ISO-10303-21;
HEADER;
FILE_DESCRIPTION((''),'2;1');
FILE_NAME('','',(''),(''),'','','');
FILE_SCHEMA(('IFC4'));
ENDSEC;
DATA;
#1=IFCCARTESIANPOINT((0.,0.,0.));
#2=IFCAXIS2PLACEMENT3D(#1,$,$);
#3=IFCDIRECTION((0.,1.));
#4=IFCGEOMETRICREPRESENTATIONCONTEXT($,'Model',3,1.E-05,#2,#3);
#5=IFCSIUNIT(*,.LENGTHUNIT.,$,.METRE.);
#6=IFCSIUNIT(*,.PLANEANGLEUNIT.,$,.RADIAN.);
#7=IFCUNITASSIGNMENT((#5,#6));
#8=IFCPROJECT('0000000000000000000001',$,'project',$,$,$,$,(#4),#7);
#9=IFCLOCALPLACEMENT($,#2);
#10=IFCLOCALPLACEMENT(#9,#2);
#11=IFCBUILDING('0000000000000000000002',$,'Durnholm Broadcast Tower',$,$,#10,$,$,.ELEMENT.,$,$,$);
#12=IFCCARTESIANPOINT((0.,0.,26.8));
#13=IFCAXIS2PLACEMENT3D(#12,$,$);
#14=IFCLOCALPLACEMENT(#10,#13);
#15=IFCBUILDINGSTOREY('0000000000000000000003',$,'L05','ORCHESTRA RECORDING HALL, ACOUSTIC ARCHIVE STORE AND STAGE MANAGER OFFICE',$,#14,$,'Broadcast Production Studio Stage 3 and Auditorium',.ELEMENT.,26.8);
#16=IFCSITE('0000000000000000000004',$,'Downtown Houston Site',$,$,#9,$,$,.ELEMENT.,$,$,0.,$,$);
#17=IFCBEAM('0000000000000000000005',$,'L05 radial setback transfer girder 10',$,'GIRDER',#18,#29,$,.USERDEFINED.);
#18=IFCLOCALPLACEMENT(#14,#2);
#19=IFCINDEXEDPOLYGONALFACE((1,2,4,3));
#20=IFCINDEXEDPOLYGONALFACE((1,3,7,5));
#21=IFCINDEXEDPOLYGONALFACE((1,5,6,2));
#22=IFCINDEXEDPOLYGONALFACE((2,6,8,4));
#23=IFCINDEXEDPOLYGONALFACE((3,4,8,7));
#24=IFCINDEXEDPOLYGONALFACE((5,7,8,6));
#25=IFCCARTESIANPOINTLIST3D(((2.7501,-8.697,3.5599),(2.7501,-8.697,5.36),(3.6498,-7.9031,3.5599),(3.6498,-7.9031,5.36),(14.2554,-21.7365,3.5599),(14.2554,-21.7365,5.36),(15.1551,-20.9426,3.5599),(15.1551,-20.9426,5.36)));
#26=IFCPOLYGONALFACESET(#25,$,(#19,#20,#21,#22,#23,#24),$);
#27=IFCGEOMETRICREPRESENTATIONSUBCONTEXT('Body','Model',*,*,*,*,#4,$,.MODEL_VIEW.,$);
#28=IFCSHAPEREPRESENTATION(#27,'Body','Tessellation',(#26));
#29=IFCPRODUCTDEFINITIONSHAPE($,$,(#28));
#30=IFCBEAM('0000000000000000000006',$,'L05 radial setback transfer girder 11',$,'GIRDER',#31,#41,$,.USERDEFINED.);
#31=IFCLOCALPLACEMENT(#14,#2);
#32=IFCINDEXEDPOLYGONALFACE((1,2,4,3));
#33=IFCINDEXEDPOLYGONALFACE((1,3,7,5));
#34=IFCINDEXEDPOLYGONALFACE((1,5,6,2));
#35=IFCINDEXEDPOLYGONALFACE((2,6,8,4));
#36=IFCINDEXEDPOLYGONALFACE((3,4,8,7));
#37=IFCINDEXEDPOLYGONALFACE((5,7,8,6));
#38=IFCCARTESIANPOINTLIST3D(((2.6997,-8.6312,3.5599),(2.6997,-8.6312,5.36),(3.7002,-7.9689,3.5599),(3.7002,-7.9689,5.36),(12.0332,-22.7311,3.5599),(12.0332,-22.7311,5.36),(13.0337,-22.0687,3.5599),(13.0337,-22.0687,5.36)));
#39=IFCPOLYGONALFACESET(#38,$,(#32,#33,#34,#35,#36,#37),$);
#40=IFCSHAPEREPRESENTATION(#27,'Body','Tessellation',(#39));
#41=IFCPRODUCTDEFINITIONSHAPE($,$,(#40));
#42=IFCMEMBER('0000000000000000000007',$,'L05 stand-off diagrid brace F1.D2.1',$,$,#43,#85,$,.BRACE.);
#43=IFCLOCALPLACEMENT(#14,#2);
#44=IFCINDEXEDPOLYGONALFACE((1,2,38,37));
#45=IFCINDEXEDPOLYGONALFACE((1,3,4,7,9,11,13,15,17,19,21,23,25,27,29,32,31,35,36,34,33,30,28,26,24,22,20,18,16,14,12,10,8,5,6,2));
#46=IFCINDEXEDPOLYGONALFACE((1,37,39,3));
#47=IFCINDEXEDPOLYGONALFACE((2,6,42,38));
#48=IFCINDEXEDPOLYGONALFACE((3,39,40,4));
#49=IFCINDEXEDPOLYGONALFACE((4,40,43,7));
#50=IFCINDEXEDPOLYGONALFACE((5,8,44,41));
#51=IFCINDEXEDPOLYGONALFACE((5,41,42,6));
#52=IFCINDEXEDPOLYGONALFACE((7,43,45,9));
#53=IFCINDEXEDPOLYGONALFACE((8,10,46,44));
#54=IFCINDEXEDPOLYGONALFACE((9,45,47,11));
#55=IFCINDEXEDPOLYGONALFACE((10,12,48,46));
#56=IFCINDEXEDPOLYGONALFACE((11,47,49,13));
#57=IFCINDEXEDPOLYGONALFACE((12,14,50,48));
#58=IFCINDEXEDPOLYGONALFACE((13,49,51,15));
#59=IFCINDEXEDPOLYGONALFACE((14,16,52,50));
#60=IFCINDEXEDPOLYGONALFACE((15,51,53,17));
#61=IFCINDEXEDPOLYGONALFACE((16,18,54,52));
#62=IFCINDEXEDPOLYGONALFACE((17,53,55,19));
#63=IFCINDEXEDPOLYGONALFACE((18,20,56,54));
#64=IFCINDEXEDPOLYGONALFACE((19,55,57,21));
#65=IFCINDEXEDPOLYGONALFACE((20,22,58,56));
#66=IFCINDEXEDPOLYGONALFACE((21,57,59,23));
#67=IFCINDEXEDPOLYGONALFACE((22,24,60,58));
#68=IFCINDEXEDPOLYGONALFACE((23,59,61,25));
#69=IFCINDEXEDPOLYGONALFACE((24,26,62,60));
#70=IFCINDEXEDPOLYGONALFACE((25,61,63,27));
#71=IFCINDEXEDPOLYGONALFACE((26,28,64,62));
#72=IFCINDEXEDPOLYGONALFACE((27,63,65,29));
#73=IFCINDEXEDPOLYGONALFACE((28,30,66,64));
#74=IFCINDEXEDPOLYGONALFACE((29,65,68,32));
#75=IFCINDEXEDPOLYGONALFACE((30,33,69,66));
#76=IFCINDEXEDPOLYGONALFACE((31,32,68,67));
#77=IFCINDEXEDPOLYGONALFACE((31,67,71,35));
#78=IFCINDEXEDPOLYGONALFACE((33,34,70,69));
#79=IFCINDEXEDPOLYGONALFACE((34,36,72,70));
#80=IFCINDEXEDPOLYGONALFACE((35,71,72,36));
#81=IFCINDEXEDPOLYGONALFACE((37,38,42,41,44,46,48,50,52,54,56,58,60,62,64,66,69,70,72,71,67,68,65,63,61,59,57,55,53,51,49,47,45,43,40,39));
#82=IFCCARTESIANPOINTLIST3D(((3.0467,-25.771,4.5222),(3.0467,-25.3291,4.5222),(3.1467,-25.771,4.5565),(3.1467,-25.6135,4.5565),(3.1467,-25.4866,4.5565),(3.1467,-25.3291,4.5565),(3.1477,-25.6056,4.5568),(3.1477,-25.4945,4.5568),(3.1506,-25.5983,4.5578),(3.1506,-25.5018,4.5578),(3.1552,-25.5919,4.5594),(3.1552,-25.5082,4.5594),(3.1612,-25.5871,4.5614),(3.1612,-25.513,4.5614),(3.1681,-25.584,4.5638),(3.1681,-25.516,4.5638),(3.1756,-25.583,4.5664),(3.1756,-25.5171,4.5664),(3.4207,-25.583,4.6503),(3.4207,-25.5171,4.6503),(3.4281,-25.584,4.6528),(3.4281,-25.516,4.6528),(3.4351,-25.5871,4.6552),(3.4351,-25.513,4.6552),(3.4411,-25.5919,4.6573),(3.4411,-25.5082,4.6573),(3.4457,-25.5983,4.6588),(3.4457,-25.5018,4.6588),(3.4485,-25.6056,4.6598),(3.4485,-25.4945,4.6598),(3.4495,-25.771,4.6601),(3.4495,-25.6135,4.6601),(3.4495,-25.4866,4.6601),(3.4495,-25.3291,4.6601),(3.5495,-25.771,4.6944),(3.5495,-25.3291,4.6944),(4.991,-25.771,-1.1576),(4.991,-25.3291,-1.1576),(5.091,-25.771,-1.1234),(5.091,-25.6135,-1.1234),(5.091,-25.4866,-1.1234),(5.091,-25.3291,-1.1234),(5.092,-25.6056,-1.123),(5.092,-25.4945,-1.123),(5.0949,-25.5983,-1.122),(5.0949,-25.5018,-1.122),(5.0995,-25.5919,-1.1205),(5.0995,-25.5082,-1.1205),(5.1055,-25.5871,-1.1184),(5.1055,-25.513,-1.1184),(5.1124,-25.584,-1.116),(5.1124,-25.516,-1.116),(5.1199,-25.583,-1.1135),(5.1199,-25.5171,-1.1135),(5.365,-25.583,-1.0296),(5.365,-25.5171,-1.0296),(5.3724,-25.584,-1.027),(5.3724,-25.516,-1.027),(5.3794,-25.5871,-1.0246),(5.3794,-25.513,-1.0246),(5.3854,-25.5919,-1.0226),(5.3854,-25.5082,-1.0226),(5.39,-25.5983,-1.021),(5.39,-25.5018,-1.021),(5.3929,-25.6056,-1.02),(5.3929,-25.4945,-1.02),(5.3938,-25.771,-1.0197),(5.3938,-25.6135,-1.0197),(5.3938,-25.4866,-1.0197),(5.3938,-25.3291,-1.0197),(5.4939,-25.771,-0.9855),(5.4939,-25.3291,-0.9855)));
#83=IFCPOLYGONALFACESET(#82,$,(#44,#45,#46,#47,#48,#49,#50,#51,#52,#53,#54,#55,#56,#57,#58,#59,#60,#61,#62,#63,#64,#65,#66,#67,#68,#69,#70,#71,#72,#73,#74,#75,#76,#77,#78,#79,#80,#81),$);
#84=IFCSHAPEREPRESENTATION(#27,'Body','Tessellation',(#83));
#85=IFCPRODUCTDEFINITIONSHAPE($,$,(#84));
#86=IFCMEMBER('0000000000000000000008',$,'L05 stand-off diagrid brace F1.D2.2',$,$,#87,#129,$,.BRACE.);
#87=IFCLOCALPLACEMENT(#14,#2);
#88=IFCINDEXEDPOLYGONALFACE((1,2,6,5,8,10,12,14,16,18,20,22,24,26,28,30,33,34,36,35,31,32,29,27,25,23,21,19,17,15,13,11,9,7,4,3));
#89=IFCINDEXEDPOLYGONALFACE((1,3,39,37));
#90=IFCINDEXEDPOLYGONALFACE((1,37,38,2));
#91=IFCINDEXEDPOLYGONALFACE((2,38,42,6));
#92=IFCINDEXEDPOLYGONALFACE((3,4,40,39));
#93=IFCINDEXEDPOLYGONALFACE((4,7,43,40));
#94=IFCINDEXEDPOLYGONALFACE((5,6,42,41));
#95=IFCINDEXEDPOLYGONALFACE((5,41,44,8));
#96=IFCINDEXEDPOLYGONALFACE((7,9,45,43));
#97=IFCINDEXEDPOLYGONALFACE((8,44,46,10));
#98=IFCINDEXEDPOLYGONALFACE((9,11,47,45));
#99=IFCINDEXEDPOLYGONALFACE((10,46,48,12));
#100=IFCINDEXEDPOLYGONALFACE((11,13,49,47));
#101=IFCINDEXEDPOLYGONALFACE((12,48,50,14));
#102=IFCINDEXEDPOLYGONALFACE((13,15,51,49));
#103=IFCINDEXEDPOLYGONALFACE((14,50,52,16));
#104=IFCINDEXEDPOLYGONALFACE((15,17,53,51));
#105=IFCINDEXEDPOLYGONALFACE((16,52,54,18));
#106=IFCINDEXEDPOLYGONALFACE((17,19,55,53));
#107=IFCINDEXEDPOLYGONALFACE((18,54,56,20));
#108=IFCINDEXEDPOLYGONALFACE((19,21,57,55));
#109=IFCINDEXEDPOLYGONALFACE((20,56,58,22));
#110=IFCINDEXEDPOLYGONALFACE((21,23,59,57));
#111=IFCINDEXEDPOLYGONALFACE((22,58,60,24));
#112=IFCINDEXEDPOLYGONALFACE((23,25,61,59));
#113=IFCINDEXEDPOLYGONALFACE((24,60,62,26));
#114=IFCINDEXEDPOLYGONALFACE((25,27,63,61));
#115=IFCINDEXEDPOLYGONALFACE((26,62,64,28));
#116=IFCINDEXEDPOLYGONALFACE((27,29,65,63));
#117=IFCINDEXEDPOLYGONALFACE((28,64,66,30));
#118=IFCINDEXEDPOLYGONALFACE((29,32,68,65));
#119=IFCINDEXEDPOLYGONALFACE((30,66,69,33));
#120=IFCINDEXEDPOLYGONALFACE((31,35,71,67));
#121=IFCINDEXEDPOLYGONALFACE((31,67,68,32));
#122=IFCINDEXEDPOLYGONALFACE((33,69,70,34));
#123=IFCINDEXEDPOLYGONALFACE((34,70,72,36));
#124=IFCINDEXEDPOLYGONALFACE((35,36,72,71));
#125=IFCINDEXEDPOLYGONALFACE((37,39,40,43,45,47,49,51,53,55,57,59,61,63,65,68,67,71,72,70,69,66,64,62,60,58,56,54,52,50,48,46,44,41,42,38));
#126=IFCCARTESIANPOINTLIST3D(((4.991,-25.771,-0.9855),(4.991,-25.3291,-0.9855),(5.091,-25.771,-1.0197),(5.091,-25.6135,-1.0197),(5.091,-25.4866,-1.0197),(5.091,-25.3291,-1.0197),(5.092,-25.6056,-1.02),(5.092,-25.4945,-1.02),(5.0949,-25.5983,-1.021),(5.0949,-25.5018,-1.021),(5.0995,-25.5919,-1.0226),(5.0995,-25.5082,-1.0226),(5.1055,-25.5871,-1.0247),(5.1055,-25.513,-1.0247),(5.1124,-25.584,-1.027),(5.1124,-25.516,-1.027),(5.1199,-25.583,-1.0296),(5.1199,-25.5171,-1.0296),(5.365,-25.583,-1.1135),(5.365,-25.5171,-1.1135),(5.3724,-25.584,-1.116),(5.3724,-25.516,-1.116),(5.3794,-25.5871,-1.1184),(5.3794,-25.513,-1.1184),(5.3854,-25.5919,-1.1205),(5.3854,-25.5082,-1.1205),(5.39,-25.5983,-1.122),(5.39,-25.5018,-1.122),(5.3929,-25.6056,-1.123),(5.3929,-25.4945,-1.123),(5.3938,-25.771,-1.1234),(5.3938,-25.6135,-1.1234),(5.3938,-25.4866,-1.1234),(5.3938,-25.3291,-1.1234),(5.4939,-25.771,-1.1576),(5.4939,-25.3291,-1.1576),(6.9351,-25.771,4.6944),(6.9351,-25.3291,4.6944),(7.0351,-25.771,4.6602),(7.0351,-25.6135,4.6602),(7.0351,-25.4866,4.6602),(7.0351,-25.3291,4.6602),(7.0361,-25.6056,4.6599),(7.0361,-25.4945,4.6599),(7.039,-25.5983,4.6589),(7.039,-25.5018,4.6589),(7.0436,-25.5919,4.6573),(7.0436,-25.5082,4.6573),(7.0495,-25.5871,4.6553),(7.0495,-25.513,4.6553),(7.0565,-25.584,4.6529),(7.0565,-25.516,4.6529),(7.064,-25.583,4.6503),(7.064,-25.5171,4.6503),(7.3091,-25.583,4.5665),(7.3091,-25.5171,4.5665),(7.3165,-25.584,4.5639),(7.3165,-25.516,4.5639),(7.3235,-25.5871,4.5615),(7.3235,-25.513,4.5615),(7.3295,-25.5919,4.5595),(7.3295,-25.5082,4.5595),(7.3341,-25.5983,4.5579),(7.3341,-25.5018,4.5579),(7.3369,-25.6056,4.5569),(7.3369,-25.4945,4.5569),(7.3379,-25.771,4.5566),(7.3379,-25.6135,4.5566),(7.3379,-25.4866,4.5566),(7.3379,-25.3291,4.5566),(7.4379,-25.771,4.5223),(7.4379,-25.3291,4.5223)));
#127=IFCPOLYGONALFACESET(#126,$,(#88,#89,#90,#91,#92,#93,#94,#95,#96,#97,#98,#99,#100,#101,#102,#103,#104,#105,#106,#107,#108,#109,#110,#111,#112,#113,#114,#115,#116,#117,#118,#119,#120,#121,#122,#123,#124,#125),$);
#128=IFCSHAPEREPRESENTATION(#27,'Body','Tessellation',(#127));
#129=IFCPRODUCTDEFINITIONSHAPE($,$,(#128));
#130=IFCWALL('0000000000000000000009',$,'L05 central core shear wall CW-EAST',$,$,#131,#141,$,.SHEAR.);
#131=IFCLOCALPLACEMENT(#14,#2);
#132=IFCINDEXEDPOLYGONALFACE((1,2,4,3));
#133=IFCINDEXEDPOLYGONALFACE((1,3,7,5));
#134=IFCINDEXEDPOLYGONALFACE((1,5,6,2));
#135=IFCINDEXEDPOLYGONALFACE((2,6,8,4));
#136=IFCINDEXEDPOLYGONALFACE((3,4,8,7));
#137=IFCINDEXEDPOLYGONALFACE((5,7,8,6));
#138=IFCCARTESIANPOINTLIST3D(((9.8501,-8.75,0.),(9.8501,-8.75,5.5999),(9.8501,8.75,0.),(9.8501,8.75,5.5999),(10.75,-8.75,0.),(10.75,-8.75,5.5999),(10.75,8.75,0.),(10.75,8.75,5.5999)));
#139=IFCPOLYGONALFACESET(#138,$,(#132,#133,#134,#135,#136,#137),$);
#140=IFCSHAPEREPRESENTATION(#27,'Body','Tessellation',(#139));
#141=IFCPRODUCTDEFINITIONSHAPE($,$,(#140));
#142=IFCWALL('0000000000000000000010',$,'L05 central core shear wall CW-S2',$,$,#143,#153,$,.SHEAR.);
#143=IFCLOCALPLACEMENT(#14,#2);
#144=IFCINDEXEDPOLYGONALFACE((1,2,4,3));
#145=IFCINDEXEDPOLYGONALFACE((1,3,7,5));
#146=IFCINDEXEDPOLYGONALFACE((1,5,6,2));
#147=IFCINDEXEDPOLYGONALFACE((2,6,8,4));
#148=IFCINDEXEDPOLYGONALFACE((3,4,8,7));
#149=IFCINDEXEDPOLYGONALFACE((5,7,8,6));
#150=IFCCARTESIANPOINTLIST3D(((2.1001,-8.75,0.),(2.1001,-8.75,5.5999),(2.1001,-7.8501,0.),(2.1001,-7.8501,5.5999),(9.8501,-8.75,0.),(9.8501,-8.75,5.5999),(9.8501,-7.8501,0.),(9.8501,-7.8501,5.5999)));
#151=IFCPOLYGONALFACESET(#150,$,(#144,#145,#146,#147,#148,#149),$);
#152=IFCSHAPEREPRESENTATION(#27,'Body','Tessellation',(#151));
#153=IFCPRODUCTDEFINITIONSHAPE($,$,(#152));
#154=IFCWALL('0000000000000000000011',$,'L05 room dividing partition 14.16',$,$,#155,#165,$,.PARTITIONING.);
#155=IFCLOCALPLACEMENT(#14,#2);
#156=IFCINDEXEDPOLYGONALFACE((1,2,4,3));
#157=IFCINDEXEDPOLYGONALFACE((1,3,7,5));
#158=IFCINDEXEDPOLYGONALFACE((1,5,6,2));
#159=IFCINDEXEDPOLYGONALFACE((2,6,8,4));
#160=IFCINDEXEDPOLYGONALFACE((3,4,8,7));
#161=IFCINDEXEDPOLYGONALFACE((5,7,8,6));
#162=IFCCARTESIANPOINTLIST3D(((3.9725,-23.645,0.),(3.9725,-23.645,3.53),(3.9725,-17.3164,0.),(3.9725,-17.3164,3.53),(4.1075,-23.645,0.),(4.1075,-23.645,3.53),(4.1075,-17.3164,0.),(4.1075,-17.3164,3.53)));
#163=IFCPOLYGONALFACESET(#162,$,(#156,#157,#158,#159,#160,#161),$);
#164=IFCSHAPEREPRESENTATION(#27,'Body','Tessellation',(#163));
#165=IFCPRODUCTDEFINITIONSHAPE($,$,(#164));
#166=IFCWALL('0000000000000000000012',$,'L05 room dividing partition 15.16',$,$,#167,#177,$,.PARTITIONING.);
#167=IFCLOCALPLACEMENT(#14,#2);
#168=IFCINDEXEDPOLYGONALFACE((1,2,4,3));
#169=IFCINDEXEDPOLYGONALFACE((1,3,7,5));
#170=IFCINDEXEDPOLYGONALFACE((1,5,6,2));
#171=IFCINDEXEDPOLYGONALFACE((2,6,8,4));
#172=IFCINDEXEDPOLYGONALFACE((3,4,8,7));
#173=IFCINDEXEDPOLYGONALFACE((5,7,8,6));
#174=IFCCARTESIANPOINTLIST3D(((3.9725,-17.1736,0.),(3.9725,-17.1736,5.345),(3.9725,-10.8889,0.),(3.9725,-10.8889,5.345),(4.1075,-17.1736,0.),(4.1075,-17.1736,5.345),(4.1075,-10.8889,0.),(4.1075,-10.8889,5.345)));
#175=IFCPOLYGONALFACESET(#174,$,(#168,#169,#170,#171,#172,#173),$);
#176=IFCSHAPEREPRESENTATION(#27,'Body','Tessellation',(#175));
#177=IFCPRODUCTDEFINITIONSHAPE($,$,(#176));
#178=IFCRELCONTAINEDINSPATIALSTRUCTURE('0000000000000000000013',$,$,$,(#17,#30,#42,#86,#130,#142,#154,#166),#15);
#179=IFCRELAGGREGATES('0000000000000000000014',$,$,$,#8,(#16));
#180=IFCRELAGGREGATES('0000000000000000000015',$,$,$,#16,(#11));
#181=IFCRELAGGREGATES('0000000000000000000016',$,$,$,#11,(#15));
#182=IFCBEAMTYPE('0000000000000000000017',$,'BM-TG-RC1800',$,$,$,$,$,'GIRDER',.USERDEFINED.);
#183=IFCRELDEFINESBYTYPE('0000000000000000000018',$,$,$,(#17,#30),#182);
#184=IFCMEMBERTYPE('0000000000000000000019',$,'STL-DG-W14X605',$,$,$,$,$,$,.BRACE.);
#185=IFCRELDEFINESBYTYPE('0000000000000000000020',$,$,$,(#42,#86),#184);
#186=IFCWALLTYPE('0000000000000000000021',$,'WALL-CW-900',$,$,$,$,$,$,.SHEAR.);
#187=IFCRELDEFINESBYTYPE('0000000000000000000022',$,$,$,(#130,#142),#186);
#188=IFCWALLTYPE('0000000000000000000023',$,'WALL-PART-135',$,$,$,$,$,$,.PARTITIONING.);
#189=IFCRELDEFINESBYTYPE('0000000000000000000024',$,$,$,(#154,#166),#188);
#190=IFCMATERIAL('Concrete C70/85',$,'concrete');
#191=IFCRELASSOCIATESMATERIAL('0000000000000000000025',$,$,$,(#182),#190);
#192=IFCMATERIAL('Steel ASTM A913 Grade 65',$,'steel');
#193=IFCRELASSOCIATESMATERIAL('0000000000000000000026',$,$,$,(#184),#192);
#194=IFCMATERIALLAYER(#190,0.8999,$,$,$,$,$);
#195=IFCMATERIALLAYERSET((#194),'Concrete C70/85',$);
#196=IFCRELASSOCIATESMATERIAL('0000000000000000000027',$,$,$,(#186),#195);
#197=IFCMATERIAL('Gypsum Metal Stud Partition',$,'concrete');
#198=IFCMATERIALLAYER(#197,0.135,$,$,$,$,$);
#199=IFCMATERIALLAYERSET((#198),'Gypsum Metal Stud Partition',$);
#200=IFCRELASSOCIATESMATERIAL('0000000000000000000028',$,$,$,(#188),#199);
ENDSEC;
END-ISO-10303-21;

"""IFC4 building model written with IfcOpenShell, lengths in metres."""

from ifc_helpers import new_model, si_unit, direction, frame, frame_2d, origin, origin_2d, place, context, subcontext, project, spatial, rectangle, i_section, extrude, source, transform, mapped, material, layer, layer_set, material_profile, profile_set, type_object, type_shapes, element, save


model = new_model("IFC4")

# Units and contexts
model_context = context("Model", 3, precision=1e-05, world=origin(), true_north=direction((0.0, 1.0)))
body_context = subcontext(model_context, "Body", "Model", "MODEL_VIEW")
ifc_project = project(units=[si_unit("LENGTHUNIT", "METRE"), si_unit("PLANEANGLEUNIT", "RADIAN")], contexts=[model_context])

# Site, building, storey
site_placement = place(None, origin())
site = spatial("IfcSite", under=ifc_project, at=site_placement, Name="Downtown Houston Site", CompositionType="ELEMENT", RefElevation=0.0)
building_placement = place(site_placement, origin())
building = spatial("IfcBuilding", under=site, at=building_placement, Name="Durnholm Broadcast Tower", CompositionType="ELEMENT")
storey_placement = place(building_placement, frame((0.0, 0.0, 26.8)))
storey = spatial("IfcBuildingStorey", under=building, at=storey_placement, Name="L05", Description="ORCHESTRA RECORDING HALL, ACOUSTIC ARCHIVE STORE AND STAGE MANAGER OFFICE", LongName="Broadcast Production Studio Stage 3 and Auditorium", CompositionType="ELEMENT", Elevation=26.8)

# Shared definitions
ifc_material_1 = material(Name="Concrete C70/85", Category="concrete")
ifc_material_2 = material(Name="Steel ASTM A913 Grade 65", Category="steel")

# Beams
ifc_material_profile_1 = material_profile(ifc_material_1, rectangle(XDim=1.2, YDim=1.8, at=origin_2d()), Name="RC1200X1800")
ifc_profile_set_1 = profile_set([ifc_material_profile_1], Name="Concrete C70/85")
beam_type_1 = type_object("IfcBeamType", Name="BM-TG-RC1800", ElementType="GIRDER", PredefinedType="USERDEFINED", material=ifc_profile_set_1)
shared_shape_1 = source(origin(), body_context, "Body", "SweptSolid", [
    extrude(rectangle(XDim=1.2, YDim=1.8, at=origin_2d()), origin(), (0.0, 0.0, 1.0), 17.3896),
])
beam_1_placement = place(storey_placement, frame((3.2, -8.3, 4.46), z_axis=(0.661618, -0.749841, 0.0), x_axis=(0.749841, 0.661618, 0.0)))
element("IfcBeam", 1, at=beam_1_placement, inside=storey, type_object=beam_type_1, Name="L05 radial setback transfer girder 10", ObjectType="GIRDER", PredefinedType="USERDEFINED", context=body_context, shape_type="MappedRepresentation", body=[
    mapped(shared_shape_1, transform((0.0, 0.0, 0.0), x_axis=(1.0, 0.0, 0.0), y_axis=(0.0, 1.0, 0.0), z_axis=(0.0, 0.0, 1.0), scale=1.0)),
])
shared_shape_2 = source(origin(), body_context, "Body", "SweptSolid", [
    extrude(rectangle(XDim=1.2, YDim=1.8, at=origin_2d()), origin(), (0.0, 0.0, 1.0), 16.9092),
])
beam_2_placement = place(storey_placement, frame((3.2, -8.3, 4.46), z_axis=(0.551978, -0.833858, 0.0), x_axis=(0.833858, 0.551978, 0.0)))
element("IfcBeam", 2, at=beam_2_placement, inside=storey, type_object=beam_type_1, Name="L05 radial setback transfer girder 11", ObjectType="GIRDER", PredefinedType="USERDEFINED", context=body_context, shape_type="MappedRepresentation", body=[
    mapped(shared_shape_2, transform((0.0, 0.0, 0.0), x_axis=(1.0, 0.0, 0.0), y_axis=(0.0, 1.0, 0.0), z_axis=(0.0, 0.0, 1.0), scale=1.0)),
])

# Members
ifc_material_profile_2 = material_profile(ifc_material_2, i_section(OverallWidth=0.4419, OverallDepth=0.5315, WebThickness=0.0659, FlangeThickness=0.1057, FilletRadius=0.0305, at=origin_2d()), Name="W14X605")
ifc_profile_set_2 = profile_set([ifc_material_profile_2], Name="Steel ASTM A913 Grade 65")
member_type = type_object("IfcMemberType", Name="STL-DG-W14X605", PredefinedType="BRACE", material=ifc_profile_set_2)
shared_shape_3 = source(origin(), body_context, "Body", "SweptSolid", [
    extrude(i_section(OverallWidth=0.4419, OverallDepth=0.5315, WebThickness=0.0659, FlangeThickness=0.1057, FilletRadius=0.0305, at=origin_2d()), origin(), (0.0, 0.0, 1.0), 6.0034),
])
type_shapes(member_type, [shared_shape_3])
for number, where, z_axis, x_axis, name in (
    (3, (5.2424, -25.55, -1.0715), (-0.323867, 0.0, 0.946103), (0.0, -1.0, 0.0), "L05 stand-off diagrid brace F1.D2.1"),
    (4, (5.2424, -25.55, -1.0715), (0.32383, 0.0, 0.946115), (0.0, 1.0, 0.0), "L05 stand-off diagrid brace F1.D2.2"),
):
    element("IfcMember", number, at=place(storey_placement, frame(where, z_axis=z_axis, x_axis=x_axis)), inside=storey, type_object=member_type, Name=name, PredefinedType="BRACE", context=body_context, shape_type="MappedRepresentation", body=[
        mapped(shared_shape_3, transform((0.0, 0.0, 0.0), x_axis=(1.0, 0.0, 0.0), y_axis=(0.0, 1.0, 0.0), z_axis=(0.0, 0.0, 1.0), scale=1.0)),
    ])

# Walls
ifc_layer_1 = layer(ifc_material_1, 0.8999)
ifc_layer_set_1 = layer_set([ifc_layer_1], Name="Concrete C70/85")
wall_type_1 = type_object("IfcWallType", Name="WALL-CW-900", PredefinedType="SHEAR", material=ifc_layer_set_1)
wall_1_placement = place(storey_placement, frame((10.3, -8.75, 0.0), z_axis=(0.0, 0.0, 1.0), x_axis=(0.0, 1.0, 0.0)))
element("IfcWall", 5, at=wall_1_placement, inside=storey, type_object=wall_type_1, Name="L05 central core shear wall CW-EAST", PredefinedType="SHEAR", context=body_context, shape_type="SweptSolid", body=[
    extrude(rectangle(XDim=17.5, YDim=0.8999, at=frame_2d((8.75, 0.0))), origin(), (0.0, 0.0, 1.0), 5.5999),
])
wall_2_placement = place(storey_placement, frame((2.1001, -8.3, 0.0), z_axis=(0.0, 0.0, 1.0), x_axis=(1.0, 0.0, 0.0)))
element("IfcWall", 6, at=wall_2_placement, inside=storey, type_object=wall_type_1, Name="L05 central core shear wall CW-S2", PredefinedType="SHEAR", context=body_context, shape_type="SweptSolid", body=[
    extrude(rectangle(XDim=7.75, YDim=0.8999, at=frame_2d((3.875, 0.0))), origin(), (0.0, 0.0, 1.0), 5.5999),
])
ifc_material_3 = material(Name="Gypsum Metal Stud Partition", Category="concrete")
ifc_layer_2 = layer(ifc_material_3, 0.135)
ifc_layer_set_2 = layer_set([ifc_layer_2], Name="Gypsum Metal Stud Partition")
wall_type_2 = type_object("IfcWallType", Name="WALL-PART-135", PredefinedType="PARTITIONING", material=ifc_layer_set_2)
wall_3_placement = place(storey_placement, frame((4.04, -17.3164, 0.0), z_axis=(0.0, 0.0, 1.0), x_axis=(0.0, -1.0, 0.0)))
element("IfcWall", 7, at=wall_3_placement, inside=storey, type_object=wall_type_2, Name="L05 room dividing partition 14.16", PredefinedType="PARTITIONING", context=body_context, shape_type="SweptSolid", body=[
    extrude(rectangle(XDim=6.3286, YDim=0.135, at=frame_2d((3.1643, 0.0))), origin(), (0.0, 0.0, 1.0), 3.53),
])
wall_4_placement = place(storey_placement, frame((4.04, -10.8889, 0.0), z_axis=(0.0, 0.0, 1.0), x_axis=(0.0, -1.0, 0.0)))
element("IfcWall", 8, at=wall_4_placement, inside=storey, type_object=wall_type_2, Name="L05 room dividing partition 15.16", PredefinedType="PARTITIONING", context=body_context, shape_type="SweptSolid", body=[
    extrude(rectangle(XDim=6.2847, YDim=0.135, at=frame_2d((3.1423, 0.0))), origin(), (0.0, 0.0, 1.0), 5.345),
])

save(model, "model.ifc")
